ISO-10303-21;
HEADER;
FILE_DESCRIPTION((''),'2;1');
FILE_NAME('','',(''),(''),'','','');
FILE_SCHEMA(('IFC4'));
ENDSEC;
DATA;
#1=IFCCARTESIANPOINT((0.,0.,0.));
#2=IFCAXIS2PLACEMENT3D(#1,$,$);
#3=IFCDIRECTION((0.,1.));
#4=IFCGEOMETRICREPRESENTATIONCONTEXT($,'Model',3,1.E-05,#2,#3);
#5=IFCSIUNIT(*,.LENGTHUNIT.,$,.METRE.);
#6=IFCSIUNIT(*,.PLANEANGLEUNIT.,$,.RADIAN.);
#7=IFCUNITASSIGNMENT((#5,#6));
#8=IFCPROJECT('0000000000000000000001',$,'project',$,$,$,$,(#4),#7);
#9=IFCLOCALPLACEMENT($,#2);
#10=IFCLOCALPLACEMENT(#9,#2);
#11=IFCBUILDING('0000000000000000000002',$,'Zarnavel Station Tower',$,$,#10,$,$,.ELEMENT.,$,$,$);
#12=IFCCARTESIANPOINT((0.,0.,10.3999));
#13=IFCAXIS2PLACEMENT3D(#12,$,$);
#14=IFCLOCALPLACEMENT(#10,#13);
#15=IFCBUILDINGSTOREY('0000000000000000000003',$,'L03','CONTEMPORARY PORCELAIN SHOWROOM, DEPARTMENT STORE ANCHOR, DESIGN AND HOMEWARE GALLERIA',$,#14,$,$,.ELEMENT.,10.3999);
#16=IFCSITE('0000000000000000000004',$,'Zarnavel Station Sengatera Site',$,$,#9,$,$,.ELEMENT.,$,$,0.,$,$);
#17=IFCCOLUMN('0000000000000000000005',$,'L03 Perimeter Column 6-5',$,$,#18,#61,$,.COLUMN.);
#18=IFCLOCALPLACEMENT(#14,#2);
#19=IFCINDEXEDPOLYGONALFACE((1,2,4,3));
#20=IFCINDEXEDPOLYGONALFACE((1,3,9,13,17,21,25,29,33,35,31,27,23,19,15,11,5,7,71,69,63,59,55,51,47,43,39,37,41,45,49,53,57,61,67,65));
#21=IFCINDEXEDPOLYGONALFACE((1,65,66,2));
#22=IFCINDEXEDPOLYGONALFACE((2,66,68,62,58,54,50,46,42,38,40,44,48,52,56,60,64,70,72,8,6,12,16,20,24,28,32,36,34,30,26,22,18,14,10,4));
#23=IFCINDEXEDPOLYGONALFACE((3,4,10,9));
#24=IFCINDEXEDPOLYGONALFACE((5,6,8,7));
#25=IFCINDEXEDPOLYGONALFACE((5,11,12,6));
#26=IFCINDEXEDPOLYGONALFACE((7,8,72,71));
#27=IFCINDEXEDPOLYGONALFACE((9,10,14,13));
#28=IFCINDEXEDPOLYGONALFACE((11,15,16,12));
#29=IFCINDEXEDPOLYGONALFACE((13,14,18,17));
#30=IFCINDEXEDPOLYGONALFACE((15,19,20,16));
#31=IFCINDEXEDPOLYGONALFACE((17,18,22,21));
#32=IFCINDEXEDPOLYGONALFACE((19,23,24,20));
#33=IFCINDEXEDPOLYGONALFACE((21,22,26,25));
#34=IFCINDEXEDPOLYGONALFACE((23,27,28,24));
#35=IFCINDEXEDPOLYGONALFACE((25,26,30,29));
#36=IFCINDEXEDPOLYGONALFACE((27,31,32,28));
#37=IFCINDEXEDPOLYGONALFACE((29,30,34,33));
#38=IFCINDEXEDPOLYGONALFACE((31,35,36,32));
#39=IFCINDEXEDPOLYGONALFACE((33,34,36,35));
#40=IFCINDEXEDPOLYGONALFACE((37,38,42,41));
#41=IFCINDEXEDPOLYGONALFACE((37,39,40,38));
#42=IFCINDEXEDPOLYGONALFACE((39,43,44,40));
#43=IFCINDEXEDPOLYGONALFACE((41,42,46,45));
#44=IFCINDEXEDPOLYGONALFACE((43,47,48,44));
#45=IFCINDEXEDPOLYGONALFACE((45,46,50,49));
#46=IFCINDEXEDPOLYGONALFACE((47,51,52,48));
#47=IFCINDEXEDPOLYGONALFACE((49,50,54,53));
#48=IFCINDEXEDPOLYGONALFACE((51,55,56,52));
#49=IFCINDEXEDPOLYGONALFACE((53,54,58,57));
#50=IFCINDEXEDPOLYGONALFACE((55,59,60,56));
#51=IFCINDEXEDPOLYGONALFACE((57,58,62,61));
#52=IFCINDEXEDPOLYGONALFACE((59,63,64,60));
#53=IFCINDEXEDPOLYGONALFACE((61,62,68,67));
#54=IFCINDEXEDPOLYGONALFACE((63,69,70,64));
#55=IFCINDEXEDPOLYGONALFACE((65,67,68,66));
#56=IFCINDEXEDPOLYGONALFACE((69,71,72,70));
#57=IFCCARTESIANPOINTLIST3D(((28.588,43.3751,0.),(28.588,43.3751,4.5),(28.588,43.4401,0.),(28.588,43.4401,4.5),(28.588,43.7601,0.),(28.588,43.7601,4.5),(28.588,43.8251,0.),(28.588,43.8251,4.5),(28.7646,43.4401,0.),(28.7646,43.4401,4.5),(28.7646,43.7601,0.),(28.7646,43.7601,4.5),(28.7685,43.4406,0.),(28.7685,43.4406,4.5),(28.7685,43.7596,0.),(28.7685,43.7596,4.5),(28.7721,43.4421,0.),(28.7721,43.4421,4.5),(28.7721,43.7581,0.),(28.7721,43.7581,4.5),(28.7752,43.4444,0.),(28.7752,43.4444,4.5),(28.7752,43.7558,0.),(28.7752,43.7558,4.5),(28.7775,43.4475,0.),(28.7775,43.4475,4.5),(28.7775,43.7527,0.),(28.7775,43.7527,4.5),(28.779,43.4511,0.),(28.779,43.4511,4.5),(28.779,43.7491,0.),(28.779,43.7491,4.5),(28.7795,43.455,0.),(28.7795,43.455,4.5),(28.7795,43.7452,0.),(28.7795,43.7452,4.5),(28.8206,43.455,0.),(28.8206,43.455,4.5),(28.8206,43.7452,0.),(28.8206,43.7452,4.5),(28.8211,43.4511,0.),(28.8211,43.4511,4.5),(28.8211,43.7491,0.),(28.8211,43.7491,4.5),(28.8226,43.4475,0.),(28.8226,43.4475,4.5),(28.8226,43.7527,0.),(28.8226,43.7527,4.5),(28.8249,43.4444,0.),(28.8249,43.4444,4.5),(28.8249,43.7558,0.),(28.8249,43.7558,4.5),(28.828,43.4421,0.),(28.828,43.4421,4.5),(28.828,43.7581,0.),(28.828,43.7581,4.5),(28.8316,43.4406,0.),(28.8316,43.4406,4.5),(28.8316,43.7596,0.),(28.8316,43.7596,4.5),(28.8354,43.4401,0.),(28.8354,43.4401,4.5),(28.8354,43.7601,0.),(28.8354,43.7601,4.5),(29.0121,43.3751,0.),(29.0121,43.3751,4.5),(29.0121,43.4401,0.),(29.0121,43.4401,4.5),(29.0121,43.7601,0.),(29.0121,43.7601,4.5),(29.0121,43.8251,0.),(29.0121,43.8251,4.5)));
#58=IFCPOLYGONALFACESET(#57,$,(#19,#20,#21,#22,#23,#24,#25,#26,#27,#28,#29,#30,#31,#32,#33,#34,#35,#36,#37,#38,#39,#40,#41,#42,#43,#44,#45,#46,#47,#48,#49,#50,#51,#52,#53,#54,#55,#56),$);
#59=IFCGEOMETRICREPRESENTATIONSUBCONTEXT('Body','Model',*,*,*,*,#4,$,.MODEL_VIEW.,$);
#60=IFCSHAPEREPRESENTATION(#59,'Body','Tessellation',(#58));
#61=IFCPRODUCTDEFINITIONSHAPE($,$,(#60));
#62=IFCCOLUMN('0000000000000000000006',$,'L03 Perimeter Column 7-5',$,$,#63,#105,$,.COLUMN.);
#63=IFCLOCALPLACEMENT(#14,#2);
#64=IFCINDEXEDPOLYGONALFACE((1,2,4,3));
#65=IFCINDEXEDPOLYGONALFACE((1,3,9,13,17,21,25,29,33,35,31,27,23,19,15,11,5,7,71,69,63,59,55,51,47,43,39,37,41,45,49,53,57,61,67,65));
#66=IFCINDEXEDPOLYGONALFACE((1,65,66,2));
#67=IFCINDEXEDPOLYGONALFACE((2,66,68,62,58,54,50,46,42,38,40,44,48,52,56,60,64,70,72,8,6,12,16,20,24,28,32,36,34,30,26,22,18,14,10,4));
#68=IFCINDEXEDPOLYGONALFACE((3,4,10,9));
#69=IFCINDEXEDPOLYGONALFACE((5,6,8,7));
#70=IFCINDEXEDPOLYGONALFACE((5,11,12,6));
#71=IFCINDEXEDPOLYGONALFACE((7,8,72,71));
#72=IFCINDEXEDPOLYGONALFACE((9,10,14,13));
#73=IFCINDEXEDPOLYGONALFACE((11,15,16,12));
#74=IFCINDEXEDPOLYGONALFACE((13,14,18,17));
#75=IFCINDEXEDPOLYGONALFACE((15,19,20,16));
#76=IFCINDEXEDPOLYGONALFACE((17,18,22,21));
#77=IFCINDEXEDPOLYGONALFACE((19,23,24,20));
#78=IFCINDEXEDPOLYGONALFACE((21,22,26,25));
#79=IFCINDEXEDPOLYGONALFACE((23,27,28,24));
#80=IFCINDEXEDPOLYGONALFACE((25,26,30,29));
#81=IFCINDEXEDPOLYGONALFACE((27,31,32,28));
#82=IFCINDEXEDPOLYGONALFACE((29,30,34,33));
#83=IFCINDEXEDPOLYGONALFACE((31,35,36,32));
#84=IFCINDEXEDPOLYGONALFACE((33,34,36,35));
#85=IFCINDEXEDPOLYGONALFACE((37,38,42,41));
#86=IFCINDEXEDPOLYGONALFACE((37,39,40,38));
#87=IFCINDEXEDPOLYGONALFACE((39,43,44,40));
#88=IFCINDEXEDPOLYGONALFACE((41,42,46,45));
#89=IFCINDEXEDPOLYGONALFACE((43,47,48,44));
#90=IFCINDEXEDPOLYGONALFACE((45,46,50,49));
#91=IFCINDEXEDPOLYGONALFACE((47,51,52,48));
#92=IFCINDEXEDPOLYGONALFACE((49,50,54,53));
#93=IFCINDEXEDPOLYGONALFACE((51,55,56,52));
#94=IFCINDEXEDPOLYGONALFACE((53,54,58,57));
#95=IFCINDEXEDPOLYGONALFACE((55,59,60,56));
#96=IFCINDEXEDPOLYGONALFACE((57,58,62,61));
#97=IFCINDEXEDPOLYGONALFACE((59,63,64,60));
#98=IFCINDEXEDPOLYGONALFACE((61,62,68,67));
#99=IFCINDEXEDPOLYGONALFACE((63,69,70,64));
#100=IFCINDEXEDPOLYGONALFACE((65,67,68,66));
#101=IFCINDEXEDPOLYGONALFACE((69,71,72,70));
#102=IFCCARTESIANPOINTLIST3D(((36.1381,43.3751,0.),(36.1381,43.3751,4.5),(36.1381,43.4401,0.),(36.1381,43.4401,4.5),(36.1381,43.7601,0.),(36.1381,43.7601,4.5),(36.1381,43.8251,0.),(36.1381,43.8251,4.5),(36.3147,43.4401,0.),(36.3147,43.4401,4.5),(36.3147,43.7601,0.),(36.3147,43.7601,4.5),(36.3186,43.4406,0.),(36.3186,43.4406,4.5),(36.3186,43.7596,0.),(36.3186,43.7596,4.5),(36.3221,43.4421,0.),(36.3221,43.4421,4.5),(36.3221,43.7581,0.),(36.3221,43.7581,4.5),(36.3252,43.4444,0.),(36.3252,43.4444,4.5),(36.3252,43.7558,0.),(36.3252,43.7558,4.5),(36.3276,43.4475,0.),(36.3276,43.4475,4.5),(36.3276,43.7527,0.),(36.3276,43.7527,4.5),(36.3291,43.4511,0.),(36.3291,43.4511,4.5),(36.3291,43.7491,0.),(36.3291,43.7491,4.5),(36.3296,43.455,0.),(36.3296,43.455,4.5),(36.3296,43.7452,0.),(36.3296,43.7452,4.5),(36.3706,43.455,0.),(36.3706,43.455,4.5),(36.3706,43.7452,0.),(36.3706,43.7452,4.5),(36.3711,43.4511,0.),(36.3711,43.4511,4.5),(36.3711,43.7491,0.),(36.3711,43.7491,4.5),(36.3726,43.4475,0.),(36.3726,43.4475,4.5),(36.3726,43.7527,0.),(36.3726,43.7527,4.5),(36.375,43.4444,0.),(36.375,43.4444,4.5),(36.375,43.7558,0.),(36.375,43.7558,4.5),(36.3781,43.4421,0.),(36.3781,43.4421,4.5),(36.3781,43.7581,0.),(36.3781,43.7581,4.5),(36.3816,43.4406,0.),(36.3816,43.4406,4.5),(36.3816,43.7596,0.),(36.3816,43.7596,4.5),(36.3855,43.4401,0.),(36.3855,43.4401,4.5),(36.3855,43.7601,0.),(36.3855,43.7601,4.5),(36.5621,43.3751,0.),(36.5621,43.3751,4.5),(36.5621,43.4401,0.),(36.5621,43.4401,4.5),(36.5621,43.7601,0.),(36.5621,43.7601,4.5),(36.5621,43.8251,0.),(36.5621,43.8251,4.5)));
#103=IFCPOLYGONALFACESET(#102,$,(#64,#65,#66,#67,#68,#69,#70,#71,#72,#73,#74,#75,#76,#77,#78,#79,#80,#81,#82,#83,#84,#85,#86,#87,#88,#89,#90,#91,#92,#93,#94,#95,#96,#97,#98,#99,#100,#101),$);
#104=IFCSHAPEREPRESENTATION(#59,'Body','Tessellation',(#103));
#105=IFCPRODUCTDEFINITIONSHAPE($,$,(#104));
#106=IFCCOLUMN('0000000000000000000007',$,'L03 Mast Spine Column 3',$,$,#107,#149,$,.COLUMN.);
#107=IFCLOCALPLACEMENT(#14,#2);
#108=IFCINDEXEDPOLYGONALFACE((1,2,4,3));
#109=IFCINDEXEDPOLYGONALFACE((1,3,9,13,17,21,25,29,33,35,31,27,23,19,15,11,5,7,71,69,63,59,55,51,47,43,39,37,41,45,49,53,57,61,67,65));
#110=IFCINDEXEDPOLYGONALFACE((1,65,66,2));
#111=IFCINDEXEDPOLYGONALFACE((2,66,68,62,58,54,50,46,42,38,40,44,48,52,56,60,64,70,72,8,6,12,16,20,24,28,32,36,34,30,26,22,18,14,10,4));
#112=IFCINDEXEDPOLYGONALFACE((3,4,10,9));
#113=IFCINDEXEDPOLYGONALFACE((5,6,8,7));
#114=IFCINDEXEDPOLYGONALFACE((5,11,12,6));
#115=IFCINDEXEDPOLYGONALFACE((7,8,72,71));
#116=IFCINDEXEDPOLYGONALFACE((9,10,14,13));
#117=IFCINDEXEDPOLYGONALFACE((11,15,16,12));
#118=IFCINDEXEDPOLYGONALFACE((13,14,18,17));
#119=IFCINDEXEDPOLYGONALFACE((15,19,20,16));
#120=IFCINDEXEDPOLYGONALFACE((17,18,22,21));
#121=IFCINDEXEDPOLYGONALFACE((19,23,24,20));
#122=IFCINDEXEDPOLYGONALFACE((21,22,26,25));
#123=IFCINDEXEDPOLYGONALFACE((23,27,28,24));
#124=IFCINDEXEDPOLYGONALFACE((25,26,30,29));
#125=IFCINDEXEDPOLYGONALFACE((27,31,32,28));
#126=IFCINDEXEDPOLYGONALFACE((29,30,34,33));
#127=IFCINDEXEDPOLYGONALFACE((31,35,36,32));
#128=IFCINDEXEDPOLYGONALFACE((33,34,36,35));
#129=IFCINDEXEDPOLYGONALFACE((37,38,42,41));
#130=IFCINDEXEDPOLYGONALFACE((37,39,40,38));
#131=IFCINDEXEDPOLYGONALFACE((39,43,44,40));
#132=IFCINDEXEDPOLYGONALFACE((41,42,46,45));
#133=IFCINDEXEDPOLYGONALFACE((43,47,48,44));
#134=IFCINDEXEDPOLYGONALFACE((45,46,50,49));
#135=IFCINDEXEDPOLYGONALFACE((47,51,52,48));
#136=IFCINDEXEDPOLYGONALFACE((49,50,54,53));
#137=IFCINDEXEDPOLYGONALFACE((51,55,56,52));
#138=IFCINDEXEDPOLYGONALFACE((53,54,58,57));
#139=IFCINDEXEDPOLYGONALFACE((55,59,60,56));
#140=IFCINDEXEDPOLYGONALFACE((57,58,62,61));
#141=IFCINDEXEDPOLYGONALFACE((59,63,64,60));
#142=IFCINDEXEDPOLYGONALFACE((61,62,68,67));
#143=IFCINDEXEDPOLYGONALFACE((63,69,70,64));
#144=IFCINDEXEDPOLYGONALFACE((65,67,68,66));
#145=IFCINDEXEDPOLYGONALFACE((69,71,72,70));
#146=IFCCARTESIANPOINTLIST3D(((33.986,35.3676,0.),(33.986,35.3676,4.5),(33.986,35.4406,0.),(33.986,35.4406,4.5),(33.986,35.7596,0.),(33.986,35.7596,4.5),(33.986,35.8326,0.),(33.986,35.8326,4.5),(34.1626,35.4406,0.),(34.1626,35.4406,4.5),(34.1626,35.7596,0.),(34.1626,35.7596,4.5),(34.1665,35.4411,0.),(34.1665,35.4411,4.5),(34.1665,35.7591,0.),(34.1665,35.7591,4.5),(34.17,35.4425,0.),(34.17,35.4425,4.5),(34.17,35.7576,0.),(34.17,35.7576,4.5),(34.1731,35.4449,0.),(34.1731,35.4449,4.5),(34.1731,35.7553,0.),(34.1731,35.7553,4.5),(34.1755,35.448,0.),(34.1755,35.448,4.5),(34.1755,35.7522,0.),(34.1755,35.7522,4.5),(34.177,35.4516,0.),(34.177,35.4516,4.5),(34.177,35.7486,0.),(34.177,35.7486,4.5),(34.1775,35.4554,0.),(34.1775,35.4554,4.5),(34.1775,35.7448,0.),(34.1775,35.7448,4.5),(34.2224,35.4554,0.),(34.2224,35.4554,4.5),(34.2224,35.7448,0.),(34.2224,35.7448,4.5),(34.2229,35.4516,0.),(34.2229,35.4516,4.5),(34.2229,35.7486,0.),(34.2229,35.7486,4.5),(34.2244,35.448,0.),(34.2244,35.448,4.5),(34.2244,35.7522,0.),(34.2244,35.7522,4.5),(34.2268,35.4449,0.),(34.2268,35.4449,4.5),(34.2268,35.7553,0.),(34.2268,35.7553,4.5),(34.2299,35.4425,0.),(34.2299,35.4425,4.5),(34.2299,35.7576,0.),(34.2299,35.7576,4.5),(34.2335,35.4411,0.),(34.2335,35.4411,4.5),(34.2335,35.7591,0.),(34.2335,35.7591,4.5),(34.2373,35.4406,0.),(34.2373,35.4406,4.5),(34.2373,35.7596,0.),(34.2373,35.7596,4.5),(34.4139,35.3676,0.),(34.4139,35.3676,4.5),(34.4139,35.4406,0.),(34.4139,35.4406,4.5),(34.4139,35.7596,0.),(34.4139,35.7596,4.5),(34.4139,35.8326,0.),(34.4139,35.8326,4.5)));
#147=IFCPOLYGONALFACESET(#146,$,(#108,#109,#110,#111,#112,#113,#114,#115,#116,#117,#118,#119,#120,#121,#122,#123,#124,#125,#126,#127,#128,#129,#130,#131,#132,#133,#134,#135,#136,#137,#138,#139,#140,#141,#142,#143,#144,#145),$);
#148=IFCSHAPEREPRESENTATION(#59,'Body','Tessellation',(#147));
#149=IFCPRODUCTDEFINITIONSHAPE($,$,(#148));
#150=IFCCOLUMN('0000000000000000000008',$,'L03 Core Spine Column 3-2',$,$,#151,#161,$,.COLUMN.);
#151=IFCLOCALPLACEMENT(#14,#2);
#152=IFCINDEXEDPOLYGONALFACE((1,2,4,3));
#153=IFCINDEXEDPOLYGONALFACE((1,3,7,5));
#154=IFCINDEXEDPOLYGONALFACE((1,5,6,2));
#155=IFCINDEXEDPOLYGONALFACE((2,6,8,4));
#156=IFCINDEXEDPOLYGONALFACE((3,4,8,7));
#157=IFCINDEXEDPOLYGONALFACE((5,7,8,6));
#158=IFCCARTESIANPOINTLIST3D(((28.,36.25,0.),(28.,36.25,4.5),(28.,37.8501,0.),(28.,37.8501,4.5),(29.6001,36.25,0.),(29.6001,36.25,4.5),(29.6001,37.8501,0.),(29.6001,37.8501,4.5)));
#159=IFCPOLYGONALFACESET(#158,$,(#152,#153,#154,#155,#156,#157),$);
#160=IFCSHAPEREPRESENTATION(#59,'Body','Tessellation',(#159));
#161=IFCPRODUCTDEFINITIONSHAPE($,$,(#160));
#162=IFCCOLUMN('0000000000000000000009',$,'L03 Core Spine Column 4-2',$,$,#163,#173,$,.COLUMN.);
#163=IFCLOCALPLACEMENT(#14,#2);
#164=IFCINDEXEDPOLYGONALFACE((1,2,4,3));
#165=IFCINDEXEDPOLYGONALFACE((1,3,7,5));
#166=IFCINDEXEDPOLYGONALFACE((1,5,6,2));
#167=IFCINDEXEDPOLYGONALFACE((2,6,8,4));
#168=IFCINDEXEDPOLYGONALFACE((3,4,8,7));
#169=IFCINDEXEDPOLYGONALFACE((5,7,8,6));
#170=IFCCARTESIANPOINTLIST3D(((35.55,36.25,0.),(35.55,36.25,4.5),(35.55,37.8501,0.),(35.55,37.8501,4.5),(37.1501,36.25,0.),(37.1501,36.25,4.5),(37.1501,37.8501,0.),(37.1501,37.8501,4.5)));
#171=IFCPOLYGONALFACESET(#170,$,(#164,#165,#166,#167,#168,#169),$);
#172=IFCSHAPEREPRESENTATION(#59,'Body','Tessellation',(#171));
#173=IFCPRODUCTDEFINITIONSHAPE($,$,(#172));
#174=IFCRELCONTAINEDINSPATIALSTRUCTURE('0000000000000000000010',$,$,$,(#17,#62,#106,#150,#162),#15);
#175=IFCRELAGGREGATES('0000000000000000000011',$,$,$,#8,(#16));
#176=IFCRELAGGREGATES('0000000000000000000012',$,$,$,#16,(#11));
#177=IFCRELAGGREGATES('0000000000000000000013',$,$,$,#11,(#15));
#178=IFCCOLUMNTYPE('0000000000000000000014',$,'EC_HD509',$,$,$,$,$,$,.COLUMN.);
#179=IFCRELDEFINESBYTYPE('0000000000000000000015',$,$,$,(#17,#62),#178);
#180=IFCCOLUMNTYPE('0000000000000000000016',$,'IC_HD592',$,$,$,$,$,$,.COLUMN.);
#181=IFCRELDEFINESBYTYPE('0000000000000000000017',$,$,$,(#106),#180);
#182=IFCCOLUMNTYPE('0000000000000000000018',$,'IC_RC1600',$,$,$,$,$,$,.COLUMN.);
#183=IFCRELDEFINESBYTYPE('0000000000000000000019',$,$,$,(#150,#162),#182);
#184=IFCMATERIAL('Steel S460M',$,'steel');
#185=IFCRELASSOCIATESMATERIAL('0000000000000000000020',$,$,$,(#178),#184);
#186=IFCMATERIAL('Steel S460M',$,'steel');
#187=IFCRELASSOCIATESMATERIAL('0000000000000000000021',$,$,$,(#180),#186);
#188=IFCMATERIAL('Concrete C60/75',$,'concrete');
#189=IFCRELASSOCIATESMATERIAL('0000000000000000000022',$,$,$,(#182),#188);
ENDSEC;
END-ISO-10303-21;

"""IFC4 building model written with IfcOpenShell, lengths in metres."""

from ifc_helpers import new_model, si_unit, direction, frame, origin, origin_2d, place, context, subcontext, project, spatial, rectangle, i_section, extrude, material, material_profile, profile_set, type_object, element, save


model = new_model("IFC4")

# Units and contexts
model_context = context("Model", 3, precision=1e-05, world=origin(), true_north=direction((0.0, 1.0)))
body_context = subcontext(model_context, "Body", "Model", "MODEL_VIEW")
ifc_project = project(units=[si_unit("LENGTHUNIT", "METRE"), si_unit("PLANEANGLEUNIT", "RADIAN")], contexts=[model_context])

# Site, building, storey
site_placement = place(None, origin())
site = spatial("IfcSite", under=ifc_project, at=site_placement, Name="Zarnavel Station Sengatera Site", CompositionType="ELEMENT", RefElevation=0.0)
building_placement = place(site_placement, origin())
building = spatial("IfcBuilding", under=site, at=building_placement, Name="Zarnavel Station Tower", CompositionType="ELEMENT")
storey_placement = place(building_placement, frame((0.0, 0.0, 10.3999)))
storey = spatial("IfcBuildingStorey", under=building, at=storey_placement, Name="L03", Description="CONTEMPORARY PORCELAIN SHOWROOM, DEPARTMENT STORE ANCHOR, DESIGN AND HOMEWARE GALLERIA", CompositionType="ELEMENT", Elevation=10.3999)

# Columns
ifc_material_1 = material(Name="Steel S460M", Category="steel")
ifc_material_profile_1 = material_profile(ifc_material_1, i_section(OverallWidth=0.4241, OverallDepth=0.45, WebThickness=0.041, FlangeThickness=0.0649, FilletRadius=0.0149, at=origin_2d()), Name="HD400x509")
ifc_profile_set_1 = profile_set([ifc_material_profile_1], Name="Steel S460M")
column_type_1 = type_object("IfcColumnType", Name="EC_HD509", PredefinedType="COLUMN", material=ifc_profile_set_1)
for number, where, z_axis, x_axis, name in (
    (1, (28.8, 43.6001, 0.0), (0.0, 0.0, 1.0), (1.0, 0.0, 0.0), "L03 Perimeter Column 6-5"),
    (2, (36.3501, 43.6001, 0.0), (0.0, 0.0, 1.0), (1.0, 0.0, 0.0), "L03 Perimeter Column 7-5"),
):
    element("IfcColumn", number, at=place(storey_placement, frame(where, z_axis=z_axis, x_axis=x_axis)), inside=storey, type_object=column_type_1, Name=name, PredefinedType="COLUMN", context=body_context, shape_type="SweptSolid", body=[
        extrude(i_section(OverallWidth=0.4241, OverallDepth=0.45, WebThickness=0.041, FlangeThickness=0.0649, FilletRadius=0.0149, at=origin_2d()), origin(), (0.0, 0.0, 1.0), 4.5),
    ])
ifc_material_2 = material(Name="Steel S460M", Category="steel")
ifc_material_profile_2 = material_profile(ifc_material_2, i_section(OverallWidth=0.428, OverallDepth=0.4651, WebThickness=0.0449, FlangeThickness=0.073, FilletRadius=0.0149, at=origin_2d()), Name="HD400x592")
ifc_profile_set_2 = profile_set([ifc_material_profile_2], Name="Steel S460M")
column_type_2 = type_object("IfcColumnType", Name="IC_HD592", PredefinedType="COLUMN", material=ifc_profile_set_2)
column_placement = place(storey_placement, frame((34.2, 35.6001, 0.0), z_axis=(0.0, 0.0, 1.0), x_axis=(1.0, 0.0, 0.0)))
element("IfcColumn", 3, at=column_placement, inside=storey, type_object=column_type_2, Name="L03 Mast Spine Column 3", PredefinedType="COLUMN", context=body_context, shape_type="SweptSolid", body=[
    extrude(i_section(OverallWidth=0.428, OverallDepth=0.4651, WebThickness=0.0449, FlangeThickness=0.073, FilletRadius=0.0149, at=origin_2d()), origin(), (0.0, 0.0, 1.0), 4.5),
])
ifc_material_3 = material(Name="Concrete C60/75", Category="concrete")
ifc_material_profile_3 = material_profile(ifc_material_3, rectangle(XDim=1.6001, YDim=1.6001, at=origin_2d()), Name="RC1600x1600")
ifc_profile_set_3 = profile_set([ifc_material_profile_3], Name="Concrete C60/75")
column_type_3 = type_object("IfcColumnType", Name="IC_RC1600", PredefinedType="COLUMN", material=ifc_profile_set_3)
for number, where, z_axis, x_axis, name in (
    (4, (28.8, 37.05, 0.0), (0.0, 0.0, 1.0), (1.0, 0.0, 0.0), "L03 Core Spine Column 3-2"),
    (5, (36.3501, 37.05, 0.0), (0.0, 0.0, 1.0), (1.0, 0.0, 0.0), "L03 Core Spine Column 4-2"),
):
    element("IfcColumn", number, at=place(storey_placement, frame(where, z_axis=z_axis, x_axis=x_axis)), inside=storey, type_object=column_type_3, Name=name, PredefinedType="COLUMN", context=body_context, shape_type="SweptSolid", body=[
        extrude(rectangle(XDim=1.6001, YDim=1.6001, at=origin_2d()), origin(), (0.0, 0.0, 1.0), 4.5),
    ])

save(model, "model.ifc")
